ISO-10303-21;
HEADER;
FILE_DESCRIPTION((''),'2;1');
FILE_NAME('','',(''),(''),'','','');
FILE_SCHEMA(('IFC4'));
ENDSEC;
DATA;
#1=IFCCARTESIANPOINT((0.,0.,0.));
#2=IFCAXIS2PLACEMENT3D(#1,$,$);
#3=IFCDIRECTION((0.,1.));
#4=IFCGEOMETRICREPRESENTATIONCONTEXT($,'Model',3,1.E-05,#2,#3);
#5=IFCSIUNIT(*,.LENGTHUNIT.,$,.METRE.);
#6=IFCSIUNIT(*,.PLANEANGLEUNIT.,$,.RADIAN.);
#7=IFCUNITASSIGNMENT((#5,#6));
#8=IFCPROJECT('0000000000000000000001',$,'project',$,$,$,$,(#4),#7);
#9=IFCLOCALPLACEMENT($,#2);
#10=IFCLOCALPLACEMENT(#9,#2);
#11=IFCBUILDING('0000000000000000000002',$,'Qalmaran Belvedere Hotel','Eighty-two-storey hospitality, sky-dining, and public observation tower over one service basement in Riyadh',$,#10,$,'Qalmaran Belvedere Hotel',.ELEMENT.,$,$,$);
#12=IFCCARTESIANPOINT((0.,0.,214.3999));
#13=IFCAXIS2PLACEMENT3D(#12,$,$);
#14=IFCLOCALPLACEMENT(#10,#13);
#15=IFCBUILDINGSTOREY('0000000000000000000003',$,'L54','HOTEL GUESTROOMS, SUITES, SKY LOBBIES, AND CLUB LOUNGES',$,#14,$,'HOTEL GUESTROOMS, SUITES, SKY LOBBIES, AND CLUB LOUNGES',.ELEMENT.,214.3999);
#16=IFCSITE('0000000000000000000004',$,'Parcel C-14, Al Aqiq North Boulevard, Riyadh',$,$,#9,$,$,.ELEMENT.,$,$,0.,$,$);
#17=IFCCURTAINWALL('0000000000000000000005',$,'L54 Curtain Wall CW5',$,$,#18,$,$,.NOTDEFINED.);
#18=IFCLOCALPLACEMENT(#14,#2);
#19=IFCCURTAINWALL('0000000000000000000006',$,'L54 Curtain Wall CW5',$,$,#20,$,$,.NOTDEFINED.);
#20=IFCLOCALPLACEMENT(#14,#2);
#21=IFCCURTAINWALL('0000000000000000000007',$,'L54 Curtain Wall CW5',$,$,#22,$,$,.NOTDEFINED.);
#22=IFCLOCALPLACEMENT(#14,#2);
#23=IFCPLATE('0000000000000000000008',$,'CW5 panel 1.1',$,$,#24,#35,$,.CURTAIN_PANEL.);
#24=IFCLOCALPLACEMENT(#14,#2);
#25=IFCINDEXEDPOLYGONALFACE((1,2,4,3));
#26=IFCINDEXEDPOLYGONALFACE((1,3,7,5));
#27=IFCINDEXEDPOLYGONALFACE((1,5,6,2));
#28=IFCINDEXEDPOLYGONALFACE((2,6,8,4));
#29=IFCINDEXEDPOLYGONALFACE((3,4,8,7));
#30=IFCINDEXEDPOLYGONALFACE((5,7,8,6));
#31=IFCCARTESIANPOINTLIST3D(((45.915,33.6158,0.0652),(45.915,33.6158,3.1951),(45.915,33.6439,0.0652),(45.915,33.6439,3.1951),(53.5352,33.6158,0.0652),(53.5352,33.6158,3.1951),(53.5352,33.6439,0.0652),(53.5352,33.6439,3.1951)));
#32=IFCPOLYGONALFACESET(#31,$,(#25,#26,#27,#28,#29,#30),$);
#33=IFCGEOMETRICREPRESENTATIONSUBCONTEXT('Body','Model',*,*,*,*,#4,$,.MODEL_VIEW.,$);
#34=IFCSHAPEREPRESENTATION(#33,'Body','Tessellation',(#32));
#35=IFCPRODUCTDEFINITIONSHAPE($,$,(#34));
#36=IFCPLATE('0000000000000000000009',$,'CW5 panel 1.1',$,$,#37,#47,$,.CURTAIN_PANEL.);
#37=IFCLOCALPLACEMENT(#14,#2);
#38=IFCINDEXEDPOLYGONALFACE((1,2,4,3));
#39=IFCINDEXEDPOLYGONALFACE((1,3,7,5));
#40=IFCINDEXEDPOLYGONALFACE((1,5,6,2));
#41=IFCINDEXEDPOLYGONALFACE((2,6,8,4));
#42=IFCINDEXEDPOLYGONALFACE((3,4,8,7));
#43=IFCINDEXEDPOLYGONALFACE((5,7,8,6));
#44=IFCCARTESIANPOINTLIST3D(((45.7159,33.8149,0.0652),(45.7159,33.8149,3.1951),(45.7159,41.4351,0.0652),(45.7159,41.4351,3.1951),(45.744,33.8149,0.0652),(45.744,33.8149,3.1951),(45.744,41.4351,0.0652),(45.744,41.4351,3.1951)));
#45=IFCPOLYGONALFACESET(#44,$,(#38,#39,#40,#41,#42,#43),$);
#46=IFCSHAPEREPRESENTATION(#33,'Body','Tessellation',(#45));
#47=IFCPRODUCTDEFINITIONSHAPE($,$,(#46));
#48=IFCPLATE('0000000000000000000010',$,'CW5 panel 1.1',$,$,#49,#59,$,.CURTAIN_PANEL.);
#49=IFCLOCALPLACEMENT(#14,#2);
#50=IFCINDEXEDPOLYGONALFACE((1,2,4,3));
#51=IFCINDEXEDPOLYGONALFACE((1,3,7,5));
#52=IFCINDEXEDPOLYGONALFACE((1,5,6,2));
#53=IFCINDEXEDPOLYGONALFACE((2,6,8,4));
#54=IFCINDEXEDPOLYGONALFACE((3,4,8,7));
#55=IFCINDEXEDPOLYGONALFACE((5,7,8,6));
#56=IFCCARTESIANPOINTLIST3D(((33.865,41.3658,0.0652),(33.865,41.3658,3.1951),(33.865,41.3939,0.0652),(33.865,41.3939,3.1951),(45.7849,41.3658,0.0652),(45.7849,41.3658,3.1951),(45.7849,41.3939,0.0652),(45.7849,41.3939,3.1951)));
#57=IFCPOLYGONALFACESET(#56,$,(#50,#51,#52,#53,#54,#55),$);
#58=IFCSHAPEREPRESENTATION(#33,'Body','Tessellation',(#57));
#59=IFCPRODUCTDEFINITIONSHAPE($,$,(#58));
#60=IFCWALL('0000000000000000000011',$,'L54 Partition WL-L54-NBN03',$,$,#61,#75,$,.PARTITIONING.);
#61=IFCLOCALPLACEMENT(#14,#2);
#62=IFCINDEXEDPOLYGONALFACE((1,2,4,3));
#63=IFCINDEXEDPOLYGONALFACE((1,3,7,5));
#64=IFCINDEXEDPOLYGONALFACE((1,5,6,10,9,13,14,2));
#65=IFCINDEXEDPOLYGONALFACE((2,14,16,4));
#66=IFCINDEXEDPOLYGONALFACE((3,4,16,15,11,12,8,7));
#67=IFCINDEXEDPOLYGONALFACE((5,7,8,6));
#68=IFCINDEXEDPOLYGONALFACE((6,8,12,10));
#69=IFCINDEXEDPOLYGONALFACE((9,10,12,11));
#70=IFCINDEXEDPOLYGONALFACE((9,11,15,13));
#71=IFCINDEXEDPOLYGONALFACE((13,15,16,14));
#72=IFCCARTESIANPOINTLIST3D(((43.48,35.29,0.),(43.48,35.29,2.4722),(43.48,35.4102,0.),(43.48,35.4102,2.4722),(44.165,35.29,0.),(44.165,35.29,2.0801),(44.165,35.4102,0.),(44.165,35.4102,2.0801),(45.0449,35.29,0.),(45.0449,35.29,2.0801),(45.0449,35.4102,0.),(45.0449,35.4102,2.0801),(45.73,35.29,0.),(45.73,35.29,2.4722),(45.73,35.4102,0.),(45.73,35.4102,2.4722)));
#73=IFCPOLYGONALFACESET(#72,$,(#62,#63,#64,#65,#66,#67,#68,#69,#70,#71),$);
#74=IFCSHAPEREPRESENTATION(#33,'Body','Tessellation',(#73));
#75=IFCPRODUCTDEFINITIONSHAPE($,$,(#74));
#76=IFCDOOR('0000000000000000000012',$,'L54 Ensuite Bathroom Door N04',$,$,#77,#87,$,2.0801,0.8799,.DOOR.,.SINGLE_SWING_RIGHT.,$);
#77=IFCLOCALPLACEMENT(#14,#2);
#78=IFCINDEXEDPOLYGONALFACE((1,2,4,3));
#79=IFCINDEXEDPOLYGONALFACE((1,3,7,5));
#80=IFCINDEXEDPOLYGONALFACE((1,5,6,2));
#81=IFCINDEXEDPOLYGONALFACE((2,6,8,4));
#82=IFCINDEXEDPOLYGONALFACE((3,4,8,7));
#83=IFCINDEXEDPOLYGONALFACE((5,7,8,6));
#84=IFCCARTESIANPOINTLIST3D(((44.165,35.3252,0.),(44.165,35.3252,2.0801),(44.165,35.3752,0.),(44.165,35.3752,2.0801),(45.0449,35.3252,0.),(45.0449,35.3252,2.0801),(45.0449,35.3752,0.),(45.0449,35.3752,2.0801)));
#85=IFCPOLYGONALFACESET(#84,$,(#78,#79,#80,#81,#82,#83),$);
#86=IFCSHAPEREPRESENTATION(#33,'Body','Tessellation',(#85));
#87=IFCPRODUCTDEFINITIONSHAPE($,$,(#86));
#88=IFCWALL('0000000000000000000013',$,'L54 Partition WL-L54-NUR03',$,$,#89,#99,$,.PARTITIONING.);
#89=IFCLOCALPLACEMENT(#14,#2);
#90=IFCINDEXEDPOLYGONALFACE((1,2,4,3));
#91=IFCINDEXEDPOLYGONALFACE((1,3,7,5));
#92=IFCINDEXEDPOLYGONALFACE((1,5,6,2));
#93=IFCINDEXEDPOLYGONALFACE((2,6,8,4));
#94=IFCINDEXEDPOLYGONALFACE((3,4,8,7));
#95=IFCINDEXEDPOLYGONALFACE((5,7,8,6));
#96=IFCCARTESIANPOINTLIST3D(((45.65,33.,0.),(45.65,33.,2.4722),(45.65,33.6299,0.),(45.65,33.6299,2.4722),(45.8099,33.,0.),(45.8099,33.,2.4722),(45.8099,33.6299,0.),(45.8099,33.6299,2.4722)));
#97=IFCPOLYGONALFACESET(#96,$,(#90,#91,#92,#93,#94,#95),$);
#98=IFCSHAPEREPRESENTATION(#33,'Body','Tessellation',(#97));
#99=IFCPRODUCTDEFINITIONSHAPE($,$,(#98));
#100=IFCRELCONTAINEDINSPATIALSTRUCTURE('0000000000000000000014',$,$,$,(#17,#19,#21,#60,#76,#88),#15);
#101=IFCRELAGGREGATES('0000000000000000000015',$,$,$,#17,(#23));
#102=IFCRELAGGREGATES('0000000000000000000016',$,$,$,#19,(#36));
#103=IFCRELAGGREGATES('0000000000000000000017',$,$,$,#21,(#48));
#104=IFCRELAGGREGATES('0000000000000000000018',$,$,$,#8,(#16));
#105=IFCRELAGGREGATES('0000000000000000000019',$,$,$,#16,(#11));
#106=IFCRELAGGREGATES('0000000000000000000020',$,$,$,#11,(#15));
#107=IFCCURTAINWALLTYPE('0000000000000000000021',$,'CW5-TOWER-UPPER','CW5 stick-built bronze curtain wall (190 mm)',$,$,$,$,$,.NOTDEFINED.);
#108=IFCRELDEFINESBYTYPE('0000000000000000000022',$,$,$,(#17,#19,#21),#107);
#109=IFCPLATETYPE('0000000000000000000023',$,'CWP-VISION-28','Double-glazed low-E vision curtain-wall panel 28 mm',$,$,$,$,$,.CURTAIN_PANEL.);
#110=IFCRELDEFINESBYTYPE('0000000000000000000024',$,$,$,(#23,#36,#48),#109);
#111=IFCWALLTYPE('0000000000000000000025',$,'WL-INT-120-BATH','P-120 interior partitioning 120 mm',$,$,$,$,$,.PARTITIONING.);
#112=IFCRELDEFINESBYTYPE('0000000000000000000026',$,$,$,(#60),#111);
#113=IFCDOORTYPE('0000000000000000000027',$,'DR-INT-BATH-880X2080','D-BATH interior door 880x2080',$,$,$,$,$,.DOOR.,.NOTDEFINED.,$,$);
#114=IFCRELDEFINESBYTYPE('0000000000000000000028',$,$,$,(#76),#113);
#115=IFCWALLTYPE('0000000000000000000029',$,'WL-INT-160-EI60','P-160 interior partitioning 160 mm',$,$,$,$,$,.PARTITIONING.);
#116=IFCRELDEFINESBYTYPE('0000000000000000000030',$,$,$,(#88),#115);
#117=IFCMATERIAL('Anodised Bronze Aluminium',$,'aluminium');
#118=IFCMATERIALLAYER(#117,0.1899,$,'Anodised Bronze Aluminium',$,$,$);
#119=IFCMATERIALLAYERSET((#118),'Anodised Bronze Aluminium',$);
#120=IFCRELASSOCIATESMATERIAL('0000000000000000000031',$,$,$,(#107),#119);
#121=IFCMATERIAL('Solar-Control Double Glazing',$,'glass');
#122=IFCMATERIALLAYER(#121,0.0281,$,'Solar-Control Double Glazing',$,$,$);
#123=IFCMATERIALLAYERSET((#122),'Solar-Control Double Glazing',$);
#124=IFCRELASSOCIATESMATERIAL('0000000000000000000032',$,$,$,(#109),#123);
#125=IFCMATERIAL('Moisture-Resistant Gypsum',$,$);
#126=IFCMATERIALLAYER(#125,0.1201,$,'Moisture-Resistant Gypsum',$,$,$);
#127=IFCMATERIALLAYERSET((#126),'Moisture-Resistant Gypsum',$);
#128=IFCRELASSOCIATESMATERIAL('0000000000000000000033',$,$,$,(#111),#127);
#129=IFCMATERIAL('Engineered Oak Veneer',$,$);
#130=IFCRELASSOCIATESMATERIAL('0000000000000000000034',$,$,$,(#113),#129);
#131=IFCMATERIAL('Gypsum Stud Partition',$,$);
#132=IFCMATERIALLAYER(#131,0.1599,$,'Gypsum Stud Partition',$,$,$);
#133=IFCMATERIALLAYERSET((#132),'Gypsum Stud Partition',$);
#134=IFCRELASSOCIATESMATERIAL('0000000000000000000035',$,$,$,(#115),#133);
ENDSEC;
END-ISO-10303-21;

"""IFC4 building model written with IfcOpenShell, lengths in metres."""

from ifc_helpers import new_model, si_unit, direction, frame, frame_2d, origin, origin_2d, place, context, subcontext, project, spatial, rectangle, extrude, material, layer, layer_set, type_object, element, fill, aggregate, save


model = new_model("IFC4")

# Units and contexts
model_context = context("Model", 3, precision=1e-05, world=origin(), true_north=direction((0.0, 1.0)))
body_context = subcontext(model_context, "Body", "Model", "MODEL_VIEW")
ifc_project = project(units=[si_unit("LENGTHUNIT", "METRE"), si_unit("PLANEANGLEUNIT", "RADIAN")], contexts=[model_context])

# Site, building, storey
site_placement = place(None, origin())
site = spatial("IfcSite", under=ifc_project, at=site_placement, Name="Parcel C-14, Al Aqiq North Boulevard, Riyadh", CompositionType="ELEMENT", RefElevation=0.0)
building_placement = place(site_placement, origin())
building = spatial("IfcBuilding", under=site, at=building_placement, Name="Qalmaran Belvedere Hotel", Description="Eighty-two-storey hospitality, sky-dining, and public observation tower over one service basement in Riyadh", LongName="Qalmaran Belvedere Hotel", CompositionType="ELEMENT")
storey_placement = place(building_placement, frame((0.0, 0.0, 214.3999)))
storey = spatial("IfcBuildingStorey", under=building, at=storey_placement, Name="L54", Description="HOTEL GUESTROOMS, SUITES, SKY LOBBIES, AND CLUB LOUNGES", LongName="HOTEL GUESTROOMS, SUITES, SKY LOBBIES, AND CLUB LOUNGES", CompositionType="ELEMENT", Elevation=214.3999)

# Shared definitions
ifc_material_1 = material(Name="Anodised Bronze Aluminium", Category="aluminium")
ifc_layer_1 = layer(ifc_material_1, 0.1899, Name="Anodised Bronze Aluminium")
ifc_layer_set_1 = layer_set([ifc_layer_1], Name="Anodised Bronze Aluminium")
curtain_wall_type = type_object("IfcCurtainWallType", Name="CW5-TOWER-UPPER", Description="CW5 stick-built bronze curtain wall (190 mm)", PredefinedType="NOTDEFINED", material=ifc_layer_set_1)

# Curtain walls
curtain_wall_1_placement = place(storey_placement, origin())
curtain_wall_1 = element("IfcCurtainWall", 1, at=curtain_wall_1_placement, inside=storey, type_object=curtain_wall_type, Name="L54 Curtain Wall CW5", PredefinedType="NOTDEFINED")
curtain_wall_2_placement = place(storey_placement, origin())
curtain_wall_2 = element("IfcCurtainWall", 2, at=curtain_wall_2_placement, inside=storey, type_object=curtain_wall_type, Name="L54 Curtain Wall CW5", PredefinedType="NOTDEFINED")

# Curtain wall
curtain_wall_3_placement = place(storey_placement, origin())
curtain_wall_3 = element("IfcCurtainWall", 3, at=curtain_wall_3_placement, inside=storey, type_object=curtain_wall_type, Name="L54 Curtain Wall CW5", PredefinedType="NOTDEFINED")

# Plates
ifc_material_2 = material(Name="Solar-Control Double Glazing", Category="glass")
ifc_layer_2 = layer(ifc_material_2, 0.0281, Name="Solar-Control Double Glazing")
ifc_layer_set_2 = layer_set([ifc_layer_2], Name="Solar-Control Double Glazing")
plate_type = type_object("IfcPlateType", Name="CWP-VISION-28", Description="Double-glazed low-E vision curtain-wall panel 28 mm", PredefinedType="CURTAIN_PANEL", material=ifc_layer_set_2)
plate_1_placement = place(storey_placement, frame((49.7251, 33.6299, 0.0652), z_axis=(0.0, 0.0, 1.0), x_axis=(-1.0, 0.0, 0.0)))
plate_1 = element("IfcPlate", 4, at=plate_1_placement, type_object=plate_type, Name="CW5 panel 1.1", PredefinedType="CURTAIN_PANEL", context=body_context, shape_type="SweptSolid", body=[
    extrude(rectangle(XDim=7.6201, YDim=0.0281, at=origin_2d()), origin(), (0.0, 0.0, 1.0), 3.1299),
])
aggregate(curtain_wall_1, [plate_1])
plate_2_placement = place(storey_placement, frame((45.73, 37.625, 0.0652), z_axis=(0.0, 0.0, 1.0), x_axis=(0.0, 1.0, 0.0)))
plate_2 = element("IfcPlate", 5, at=plate_2_placement, type_object=plate_type, Name="CW5 panel 1.1", PredefinedType="CURTAIN_PANEL", context=body_context, shape_type="SweptSolid", body=[
    extrude(rectangle(XDim=7.6201, YDim=0.0281, at=origin_2d()), origin(), (0.0, 0.0, 1.0), 3.1299),
])
aggregate(curtain_wall_2, [plate_2])
plate_3_placement = place(storey_placement, frame((39.825, 41.3799, 0.0652), z_axis=(0.0, 0.0, 1.0), x_axis=(-1.0, 0.0, 0.0)))
plate_3 = element("IfcPlate", 6, at=plate_3_placement, type_object=plate_type, Name="CW5 panel 1.1", PredefinedType="CURTAIN_PANEL", context=body_context, shape_type="SweptSolid", body=[
    extrude(rectangle(XDim=11.9199, YDim=0.0281, at=origin_2d()), origin(), (0.0, 0.0, 1.0), 3.1299),
])
aggregate(curtain_wall_3, [plate_3])

# Wall, opening, door
ifc_material_3 = material(Name="Moisture-Resistant Gypsum")
ifc_layer_3 = layer(ifc_material_3, 0.1201, Name="Moisture-Resistant Gypsum")
ifc_layer_set_3 = layer_set([ifc_layer_3], Name="Moisture-Resistant Gypsum")
wall_type_1 = type_object("IfcWallType", Name="WL-INT-120-BATH", Description="P-120 interior partitioning 120 mm", PredefinedType="PARTITIONING", material=ifc_layer_set_3)
wall_1_placement = place(storey_placement, frame((43.48, 35.3501, 0.0), z_axis=(0.0, 0.0, 1.0), x_axis=(1.0, 0.0, 0.0)))
wall_1 = element("IfcWall", 7, at=wall_1_placement, inside=storey, type_object=wall_type_1, Name="L54 Partition WL-L54-NBN03", PredefinedType="PARTITIONING", context=body_context, shape_type="SweptSolid", body=[
    extrude(rectangle(XDim=2.25, YDim=0.1201, at=frame_2d((1.125, 0.0))), origin(), (0.0, 0.0, 1.0), 2.4722),
])
opening_placement = place(wall_1_placement, frame((1.5649, 0.0, 0.0), z_axis=(0.0, 0.0, 1.0), x_axis=(-1.0, 0.0, 0.0)))
opening = element("IfcOpeningElement", 8, at=opening_placement, cuts=wall_1, PredefinedType="OPENING", context=body_context, shape_type="SweptSolid", body=[
    extrude(rectangle(XDim=0.8799, YDim=2.0801, at=frame_2d((0.4399, 1.04))), frame((0.0, 0.0701, 0.0), z_axis=(0.0, -1.0, 0.0), x_axis=(1.0, 0.0, 0.0)), (0.0, 0.0, 1.0), 0.1401),
])
ifc_material_4 = material(Name="Engineered Oak Veneer")
door_type = type_object("IfcDoorType", Name="DR-INT-BATH-880X2080", Description="D-BATH interior door 880x2080", OperationType="NOTDEFINED", PredefinedType="DOOR", material=ifc_material_4)
door_placement = place(opening_placement, origin())
door = element("IfcDoor", 9, at=door_placement, inside=storey, type_object=door_type, Name="L54 Ensuite Bathroom Door N04", OperationType="SINGLE_SWING_RIGHT", OverallHeight=2.0801, OverallWidth=0.8799, PredefinedType="DOOR", context=body_context, shape_type="SweptSolid", body=[
    extrude(rectangle(XDim=0.8799, YDim=2.0801, at=frame_2d((0.4399, 1.04))), frame((0.0, 0.0249, 0.0), z_axis=(0.0, -1.0, 0.0), x_axis=(1.0, 0.0, 0.0)), (0.0, 0.0, 1.0), 0.05),
])
fill(opening, door)

# Wall
ifc_material_5 = material(Name="Gypsum Stud Partition")
ifc_layer_4 = layer(ifc_material_5, 0.1599, Name="Gypsum Stud Partition")
ifc_layer_set_4 = layer_set([ifc_layer_4], Name="Gypsum Stud Partition")
wall_type_2 = type_object("IfcWallType", Name="WL-INT-160-EI60", Description="P-160 interior partitioning 160 mm", PredefinedType="PARTITIONING", material=ifc_layer_set_4)
wall_2_placement = place(storey_placement, frame((45.73, 33.0, 0.0), z_axis=(0.0, 0.0, 1.0), x_axis=(0.0, 1.0, 0.0)))
element("IfcWall", 10, at=wall_2_placement, inside=storey, type_object=wall_type_2, Name="L54 Partition WL-L54-NUR03", PredefinedType="PARTITIONING", context=body_context, shape_type="SweptSolid", body=[
    extrude(rectangle(XDim=0.6299, YDim=0.1599, at=frame_2d((0.3149, 0.0))), origin(), (0.0, 0.0, 1.0), 2.4722),
])

save(model, "model.ifc")
